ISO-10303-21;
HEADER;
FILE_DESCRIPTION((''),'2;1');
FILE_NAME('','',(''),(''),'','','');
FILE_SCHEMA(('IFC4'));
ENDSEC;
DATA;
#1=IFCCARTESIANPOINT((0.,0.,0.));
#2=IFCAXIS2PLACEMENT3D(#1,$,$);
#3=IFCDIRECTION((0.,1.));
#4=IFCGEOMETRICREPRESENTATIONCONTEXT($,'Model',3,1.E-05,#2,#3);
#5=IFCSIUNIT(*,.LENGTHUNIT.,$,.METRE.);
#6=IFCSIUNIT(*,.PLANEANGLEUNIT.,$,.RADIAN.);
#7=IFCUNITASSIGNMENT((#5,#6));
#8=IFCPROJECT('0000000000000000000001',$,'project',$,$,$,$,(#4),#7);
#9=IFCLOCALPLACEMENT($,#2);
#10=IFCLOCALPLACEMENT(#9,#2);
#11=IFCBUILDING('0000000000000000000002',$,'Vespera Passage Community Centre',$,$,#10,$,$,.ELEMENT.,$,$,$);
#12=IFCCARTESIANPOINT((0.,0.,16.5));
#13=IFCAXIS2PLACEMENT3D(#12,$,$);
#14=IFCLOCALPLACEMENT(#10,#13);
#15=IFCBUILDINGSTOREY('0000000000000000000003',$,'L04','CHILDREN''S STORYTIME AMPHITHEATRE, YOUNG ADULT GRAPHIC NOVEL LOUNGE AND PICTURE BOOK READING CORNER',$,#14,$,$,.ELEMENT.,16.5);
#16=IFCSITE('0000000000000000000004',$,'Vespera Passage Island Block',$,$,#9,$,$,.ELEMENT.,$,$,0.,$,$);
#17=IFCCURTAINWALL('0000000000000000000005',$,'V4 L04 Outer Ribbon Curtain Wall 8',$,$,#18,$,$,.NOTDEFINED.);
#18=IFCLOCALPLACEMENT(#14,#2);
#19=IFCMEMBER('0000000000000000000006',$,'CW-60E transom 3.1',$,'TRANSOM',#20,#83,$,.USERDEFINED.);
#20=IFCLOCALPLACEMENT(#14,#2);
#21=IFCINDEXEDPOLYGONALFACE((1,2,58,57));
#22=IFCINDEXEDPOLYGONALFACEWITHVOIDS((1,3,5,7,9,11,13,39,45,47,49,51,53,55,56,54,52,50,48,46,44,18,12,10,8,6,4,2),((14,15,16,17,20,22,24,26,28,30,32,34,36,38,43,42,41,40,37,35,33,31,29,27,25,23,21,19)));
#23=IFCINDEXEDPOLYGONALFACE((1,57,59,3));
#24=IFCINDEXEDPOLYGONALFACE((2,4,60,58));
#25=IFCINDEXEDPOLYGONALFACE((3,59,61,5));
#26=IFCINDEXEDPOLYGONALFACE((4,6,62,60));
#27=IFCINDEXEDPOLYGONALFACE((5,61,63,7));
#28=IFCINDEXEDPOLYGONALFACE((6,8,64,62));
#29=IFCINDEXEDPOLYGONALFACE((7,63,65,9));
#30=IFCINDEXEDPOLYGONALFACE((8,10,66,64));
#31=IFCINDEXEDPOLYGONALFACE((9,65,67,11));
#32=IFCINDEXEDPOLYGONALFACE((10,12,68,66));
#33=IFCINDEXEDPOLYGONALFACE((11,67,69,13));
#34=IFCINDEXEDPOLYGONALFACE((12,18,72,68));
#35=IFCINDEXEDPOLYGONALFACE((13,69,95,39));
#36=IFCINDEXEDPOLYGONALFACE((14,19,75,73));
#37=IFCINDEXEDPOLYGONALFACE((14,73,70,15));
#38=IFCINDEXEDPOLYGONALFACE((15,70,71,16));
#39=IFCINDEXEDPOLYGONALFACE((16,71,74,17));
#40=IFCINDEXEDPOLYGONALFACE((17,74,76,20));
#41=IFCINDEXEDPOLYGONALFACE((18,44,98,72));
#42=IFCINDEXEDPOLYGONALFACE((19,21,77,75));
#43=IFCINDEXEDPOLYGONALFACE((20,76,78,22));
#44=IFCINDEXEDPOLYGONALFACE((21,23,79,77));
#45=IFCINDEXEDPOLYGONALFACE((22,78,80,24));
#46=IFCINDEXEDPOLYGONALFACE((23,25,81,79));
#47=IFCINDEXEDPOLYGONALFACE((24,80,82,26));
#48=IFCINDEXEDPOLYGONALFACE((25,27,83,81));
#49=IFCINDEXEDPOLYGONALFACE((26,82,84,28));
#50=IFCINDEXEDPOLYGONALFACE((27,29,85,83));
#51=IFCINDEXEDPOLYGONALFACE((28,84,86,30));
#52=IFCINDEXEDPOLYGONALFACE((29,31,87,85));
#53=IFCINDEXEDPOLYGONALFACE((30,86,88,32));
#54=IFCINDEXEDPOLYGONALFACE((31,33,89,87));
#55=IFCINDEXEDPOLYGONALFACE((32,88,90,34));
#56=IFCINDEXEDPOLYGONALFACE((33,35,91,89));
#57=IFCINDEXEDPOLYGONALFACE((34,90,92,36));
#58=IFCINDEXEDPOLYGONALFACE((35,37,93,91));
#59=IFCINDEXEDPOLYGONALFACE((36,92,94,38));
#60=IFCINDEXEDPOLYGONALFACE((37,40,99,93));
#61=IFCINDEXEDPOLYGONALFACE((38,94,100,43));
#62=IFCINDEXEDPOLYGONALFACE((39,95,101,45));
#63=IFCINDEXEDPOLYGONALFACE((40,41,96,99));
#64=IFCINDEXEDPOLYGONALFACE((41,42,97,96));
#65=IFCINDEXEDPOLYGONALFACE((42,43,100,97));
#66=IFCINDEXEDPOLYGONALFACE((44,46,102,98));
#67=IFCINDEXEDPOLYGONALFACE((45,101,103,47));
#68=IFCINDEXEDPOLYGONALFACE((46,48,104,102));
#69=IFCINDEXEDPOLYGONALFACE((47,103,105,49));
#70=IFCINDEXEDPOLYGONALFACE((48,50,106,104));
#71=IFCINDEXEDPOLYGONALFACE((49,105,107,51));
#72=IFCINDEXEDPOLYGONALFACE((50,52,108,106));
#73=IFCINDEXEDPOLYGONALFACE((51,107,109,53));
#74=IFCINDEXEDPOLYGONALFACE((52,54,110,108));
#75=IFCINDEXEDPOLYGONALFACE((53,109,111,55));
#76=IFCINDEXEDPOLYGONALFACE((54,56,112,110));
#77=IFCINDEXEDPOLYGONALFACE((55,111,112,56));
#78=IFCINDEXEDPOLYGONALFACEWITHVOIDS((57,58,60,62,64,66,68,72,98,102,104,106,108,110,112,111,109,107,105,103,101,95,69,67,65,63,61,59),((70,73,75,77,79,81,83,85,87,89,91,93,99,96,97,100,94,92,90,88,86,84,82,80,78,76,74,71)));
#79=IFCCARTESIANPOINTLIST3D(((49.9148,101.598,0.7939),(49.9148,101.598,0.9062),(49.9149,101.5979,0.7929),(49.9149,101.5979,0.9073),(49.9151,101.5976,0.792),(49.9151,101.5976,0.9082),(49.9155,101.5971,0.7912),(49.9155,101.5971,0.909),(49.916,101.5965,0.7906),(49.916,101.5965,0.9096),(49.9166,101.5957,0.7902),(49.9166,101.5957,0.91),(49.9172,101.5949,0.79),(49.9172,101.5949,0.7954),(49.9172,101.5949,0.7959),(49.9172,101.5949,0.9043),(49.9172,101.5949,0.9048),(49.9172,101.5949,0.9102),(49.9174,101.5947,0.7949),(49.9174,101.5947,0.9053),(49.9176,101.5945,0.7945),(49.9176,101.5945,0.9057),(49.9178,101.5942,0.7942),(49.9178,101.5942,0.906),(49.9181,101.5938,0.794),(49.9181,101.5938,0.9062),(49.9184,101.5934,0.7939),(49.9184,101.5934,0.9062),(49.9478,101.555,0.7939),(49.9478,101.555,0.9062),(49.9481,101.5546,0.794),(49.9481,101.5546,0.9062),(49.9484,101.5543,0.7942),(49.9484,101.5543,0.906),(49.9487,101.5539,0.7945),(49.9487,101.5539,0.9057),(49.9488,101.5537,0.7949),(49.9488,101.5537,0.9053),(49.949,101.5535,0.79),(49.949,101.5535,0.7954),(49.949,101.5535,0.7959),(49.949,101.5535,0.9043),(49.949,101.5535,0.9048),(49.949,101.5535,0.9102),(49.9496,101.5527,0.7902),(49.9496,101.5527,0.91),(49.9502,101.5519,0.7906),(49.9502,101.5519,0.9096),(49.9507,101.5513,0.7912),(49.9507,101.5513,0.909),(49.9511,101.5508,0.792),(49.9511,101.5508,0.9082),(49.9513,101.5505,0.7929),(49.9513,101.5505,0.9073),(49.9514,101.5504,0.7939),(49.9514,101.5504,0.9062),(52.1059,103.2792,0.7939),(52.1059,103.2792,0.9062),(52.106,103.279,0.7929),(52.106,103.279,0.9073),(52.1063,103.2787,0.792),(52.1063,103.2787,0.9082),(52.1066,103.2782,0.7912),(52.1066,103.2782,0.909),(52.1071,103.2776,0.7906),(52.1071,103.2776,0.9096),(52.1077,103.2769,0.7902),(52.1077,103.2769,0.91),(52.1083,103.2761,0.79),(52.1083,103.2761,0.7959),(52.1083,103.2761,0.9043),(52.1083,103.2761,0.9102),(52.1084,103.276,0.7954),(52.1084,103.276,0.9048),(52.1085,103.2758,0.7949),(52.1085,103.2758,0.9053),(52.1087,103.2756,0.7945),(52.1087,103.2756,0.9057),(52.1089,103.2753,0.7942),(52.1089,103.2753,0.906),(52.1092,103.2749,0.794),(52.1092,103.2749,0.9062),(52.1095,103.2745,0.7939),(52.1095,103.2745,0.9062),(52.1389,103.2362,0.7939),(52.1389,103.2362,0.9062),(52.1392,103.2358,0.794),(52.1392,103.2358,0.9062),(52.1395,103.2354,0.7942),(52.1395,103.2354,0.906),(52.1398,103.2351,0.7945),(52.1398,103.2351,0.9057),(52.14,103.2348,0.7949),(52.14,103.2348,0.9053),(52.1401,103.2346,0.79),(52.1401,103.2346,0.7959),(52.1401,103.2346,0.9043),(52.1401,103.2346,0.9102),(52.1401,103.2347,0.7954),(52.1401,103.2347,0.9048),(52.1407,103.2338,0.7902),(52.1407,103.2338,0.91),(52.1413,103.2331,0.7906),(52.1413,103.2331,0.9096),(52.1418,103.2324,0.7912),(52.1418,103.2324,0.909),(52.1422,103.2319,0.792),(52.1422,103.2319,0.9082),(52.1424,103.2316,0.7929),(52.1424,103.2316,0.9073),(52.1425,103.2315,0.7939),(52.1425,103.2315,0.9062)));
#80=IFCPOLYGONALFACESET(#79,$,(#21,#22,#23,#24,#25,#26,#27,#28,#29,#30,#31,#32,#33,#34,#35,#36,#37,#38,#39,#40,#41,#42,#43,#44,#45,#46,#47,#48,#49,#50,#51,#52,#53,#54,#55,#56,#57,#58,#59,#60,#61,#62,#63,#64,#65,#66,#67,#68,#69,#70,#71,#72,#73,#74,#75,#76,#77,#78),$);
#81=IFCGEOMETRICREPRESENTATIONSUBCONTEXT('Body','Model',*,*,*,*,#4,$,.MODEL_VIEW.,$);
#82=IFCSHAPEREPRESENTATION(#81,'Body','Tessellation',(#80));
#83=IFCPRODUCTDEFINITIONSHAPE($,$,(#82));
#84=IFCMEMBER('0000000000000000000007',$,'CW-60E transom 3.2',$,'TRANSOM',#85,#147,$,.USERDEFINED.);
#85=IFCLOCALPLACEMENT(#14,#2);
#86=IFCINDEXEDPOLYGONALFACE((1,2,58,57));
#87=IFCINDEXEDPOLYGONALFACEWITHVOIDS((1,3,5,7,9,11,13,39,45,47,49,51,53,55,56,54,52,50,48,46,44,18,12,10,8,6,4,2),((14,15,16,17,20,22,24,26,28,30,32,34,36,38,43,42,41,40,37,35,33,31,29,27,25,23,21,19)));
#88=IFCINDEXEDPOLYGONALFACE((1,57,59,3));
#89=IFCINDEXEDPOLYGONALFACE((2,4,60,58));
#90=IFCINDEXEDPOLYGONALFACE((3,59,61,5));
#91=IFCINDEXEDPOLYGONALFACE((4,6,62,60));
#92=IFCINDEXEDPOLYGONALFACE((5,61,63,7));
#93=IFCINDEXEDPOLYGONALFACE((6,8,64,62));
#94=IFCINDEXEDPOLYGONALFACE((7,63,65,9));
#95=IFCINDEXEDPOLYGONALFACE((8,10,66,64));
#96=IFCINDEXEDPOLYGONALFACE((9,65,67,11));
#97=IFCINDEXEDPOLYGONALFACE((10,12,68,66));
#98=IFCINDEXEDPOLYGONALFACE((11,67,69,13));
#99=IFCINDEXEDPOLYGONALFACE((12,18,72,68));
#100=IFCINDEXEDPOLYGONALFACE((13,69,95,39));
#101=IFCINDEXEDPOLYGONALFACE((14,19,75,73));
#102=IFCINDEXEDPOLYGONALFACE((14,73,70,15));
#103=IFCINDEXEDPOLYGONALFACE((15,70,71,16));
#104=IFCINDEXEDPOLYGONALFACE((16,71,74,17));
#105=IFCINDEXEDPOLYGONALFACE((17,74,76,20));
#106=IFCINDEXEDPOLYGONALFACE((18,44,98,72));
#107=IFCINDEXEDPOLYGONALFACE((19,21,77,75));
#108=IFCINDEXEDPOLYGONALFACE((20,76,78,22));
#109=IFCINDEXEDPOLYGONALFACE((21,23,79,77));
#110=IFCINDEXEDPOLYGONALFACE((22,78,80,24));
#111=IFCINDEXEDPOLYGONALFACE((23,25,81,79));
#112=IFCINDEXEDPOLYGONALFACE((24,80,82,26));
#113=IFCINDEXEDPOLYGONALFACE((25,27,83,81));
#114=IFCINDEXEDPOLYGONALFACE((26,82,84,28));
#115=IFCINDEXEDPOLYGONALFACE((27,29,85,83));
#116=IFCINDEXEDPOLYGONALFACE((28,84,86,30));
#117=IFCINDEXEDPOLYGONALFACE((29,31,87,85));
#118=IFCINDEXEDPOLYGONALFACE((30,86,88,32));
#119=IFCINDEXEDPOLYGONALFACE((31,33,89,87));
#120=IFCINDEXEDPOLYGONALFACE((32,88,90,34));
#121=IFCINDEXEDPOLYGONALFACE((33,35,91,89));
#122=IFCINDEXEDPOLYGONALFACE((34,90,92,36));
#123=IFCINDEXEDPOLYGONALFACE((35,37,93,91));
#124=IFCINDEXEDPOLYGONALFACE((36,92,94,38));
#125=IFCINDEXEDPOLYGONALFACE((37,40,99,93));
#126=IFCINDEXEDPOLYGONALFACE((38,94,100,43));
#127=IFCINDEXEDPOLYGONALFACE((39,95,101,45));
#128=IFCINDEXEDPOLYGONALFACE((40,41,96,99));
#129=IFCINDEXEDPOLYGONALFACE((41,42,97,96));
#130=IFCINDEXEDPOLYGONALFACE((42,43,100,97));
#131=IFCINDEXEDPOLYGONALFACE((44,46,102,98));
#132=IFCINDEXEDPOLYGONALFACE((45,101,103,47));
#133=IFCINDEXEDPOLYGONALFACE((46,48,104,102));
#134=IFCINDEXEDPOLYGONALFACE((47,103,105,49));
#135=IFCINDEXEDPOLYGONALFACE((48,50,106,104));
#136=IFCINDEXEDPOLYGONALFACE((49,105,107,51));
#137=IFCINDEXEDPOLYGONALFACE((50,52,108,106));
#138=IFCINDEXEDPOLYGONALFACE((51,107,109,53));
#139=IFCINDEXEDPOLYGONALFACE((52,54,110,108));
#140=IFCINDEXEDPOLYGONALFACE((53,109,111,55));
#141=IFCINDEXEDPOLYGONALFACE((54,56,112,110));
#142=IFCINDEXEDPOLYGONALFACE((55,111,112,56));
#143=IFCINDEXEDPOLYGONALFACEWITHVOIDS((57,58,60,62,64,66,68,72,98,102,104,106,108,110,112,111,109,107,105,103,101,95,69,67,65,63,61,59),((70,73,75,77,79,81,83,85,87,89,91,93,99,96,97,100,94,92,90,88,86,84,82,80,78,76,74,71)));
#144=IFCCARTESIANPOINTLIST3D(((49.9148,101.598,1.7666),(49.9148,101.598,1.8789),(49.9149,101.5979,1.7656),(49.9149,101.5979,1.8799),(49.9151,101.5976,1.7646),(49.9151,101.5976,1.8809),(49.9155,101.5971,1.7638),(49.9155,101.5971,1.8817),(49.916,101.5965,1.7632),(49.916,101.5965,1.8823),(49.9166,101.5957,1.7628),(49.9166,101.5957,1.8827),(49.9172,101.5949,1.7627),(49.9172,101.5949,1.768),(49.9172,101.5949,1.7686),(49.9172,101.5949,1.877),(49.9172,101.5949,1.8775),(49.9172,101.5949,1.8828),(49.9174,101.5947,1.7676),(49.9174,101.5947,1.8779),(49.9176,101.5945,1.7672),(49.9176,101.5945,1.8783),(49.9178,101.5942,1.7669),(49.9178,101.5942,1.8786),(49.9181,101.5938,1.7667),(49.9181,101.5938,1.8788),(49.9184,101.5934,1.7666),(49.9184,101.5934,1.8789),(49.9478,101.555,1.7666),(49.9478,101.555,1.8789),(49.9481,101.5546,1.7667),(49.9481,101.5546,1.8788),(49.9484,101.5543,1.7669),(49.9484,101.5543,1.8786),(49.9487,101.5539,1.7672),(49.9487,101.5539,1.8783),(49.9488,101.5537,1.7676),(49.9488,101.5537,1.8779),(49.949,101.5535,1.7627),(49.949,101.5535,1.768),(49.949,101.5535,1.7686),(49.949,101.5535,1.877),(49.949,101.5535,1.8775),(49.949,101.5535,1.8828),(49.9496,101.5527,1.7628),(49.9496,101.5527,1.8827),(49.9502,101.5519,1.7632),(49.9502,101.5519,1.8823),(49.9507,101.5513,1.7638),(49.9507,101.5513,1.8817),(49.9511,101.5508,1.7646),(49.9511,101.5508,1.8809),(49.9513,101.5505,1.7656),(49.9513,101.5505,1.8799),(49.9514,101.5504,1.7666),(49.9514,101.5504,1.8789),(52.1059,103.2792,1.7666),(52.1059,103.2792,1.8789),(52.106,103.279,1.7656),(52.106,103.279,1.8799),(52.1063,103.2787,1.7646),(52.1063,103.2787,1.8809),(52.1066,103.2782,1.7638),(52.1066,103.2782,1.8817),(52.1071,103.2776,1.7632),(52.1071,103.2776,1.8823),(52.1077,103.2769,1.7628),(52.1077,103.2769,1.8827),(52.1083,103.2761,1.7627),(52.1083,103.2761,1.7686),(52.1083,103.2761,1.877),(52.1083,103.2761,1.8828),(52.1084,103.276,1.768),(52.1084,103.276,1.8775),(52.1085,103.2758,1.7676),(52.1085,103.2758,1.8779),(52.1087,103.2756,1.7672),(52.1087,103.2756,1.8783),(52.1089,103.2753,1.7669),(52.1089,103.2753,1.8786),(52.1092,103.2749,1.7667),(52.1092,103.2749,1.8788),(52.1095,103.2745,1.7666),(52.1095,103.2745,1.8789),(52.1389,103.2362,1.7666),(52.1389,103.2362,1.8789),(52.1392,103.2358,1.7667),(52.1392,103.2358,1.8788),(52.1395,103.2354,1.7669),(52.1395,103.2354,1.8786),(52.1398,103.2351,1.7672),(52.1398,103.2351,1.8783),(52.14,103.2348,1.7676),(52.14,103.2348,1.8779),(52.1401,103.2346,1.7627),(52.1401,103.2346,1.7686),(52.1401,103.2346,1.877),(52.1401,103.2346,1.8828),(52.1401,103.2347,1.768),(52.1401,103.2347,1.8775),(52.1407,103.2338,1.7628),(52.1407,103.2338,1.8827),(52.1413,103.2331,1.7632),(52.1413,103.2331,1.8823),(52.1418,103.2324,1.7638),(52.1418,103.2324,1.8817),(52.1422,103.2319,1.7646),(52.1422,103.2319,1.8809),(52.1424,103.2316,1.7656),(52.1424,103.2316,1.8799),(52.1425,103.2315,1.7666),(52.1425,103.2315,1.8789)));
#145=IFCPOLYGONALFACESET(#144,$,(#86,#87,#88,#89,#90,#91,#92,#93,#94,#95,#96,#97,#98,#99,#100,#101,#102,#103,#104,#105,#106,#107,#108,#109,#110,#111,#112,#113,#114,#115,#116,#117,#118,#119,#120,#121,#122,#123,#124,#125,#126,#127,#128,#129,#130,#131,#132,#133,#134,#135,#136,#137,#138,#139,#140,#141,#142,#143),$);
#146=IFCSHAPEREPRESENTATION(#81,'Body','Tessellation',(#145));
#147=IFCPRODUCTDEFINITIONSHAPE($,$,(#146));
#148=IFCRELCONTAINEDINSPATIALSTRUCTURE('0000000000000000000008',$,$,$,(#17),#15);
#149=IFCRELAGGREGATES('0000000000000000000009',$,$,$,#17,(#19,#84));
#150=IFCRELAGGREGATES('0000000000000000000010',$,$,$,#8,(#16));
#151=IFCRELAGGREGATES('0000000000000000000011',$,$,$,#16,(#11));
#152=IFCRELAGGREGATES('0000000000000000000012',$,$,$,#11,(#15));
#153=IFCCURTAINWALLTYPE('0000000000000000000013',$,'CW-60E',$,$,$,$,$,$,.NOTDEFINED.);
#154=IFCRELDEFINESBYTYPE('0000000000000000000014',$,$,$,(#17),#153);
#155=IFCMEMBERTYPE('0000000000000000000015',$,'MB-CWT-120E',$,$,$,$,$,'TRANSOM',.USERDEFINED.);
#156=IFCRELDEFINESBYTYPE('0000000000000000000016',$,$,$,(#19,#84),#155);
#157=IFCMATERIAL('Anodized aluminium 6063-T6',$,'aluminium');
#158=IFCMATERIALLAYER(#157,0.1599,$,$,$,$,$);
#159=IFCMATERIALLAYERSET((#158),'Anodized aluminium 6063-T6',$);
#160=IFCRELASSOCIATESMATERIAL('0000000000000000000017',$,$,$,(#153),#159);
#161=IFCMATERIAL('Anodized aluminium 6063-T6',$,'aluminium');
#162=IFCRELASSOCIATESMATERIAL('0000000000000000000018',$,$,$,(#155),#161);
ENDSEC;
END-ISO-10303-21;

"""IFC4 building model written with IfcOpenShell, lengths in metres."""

from ifc_helpers import new_model, si_unit, direction, frame, origin, origin_2d, place, context, subcontext, project, spatial, hollow_rectangle, extrude, material, layer, layer_set, material_profile, profile_set, type_object, element, aggregate, save


model = new_model("IFC4")

# Units and contexts
model_context = context("Model", 3, precision=1e-05, world=origin(), true_north=direction((0.0, 1.0)))
body_context = subcontext(model_context, "Body", "Model", "MODEL_VIEW")
ifc_project = project(units=[si_unit("LENGTHUNIT", "METRE"), si_unit("PLANEANGLEUNIT", "RADIAN")], contexts=[model_context])

# Site, building, storey
site_placement = place(None, origin())
site = spatial("IfcSite", under=ifc_project, at=site_placement, Name="Vespera Passage Island Block", CompositionType="ELEMENT", RefElevation=0.0)
building_placement = place(site_placement, origin())
building = spatial("IfcBuilding", under=site, at=building_placement, Name="Vespera Passage Community Centre", CompositionType="ELEMENT")
storey_placement = place(building_placement, frame((0.0, 0.0, 16.5)))
storey = spatial("IfcBuildingStorey", under=building, at=storey_placement, Name="L04", Description="CHILDREN'S STORYTIME AMPHITHEATRE, YOUNG ADULT GRAPHIC NOVEL LOUNGE AND PICTURE BOOK READING CORNER", CompositionType="ELEMENT", Elevation=16.5)

# Curtain wall, members
ifc_material_1 = material(Name="Anodized aluminium 6063-T6", Category="aluminium")
ifc_layer_1 = layer(ifc_material_1, 0.1599)
ifc_layer_set_1 = layer_set([ifc_layer_1], Name="Anodized aluminium 6063-T6")
curtain_wall_type = type_object("IfcCurtainWallType", Name="CW-60E", PredefinedType="NOTDEFINED", material=ifc_layer_set_1)
curtain_wall_placement = place(storey_placement, origin())
curtain_wall = element("IfcCurtainWall", 1, at=curtain_wall_placement, inside=storey, type_object=curtain_wall_type, Name="V4 L04 Outer Ribbon Curtain Wall 8", PredefinedType="NOTDEFINED")
ifc_material_2 = material(Name="Anodized aluminium 6063-T6", Category="aluminium")
ifc_material_profile_1 = material_profile(ifc_material_2, hollow_rectangle(XDim=0.0601, YDim=0.1201, WallThickness=0.0039, InnerFilletRadius=0.002, OuterFilletRadius=0.0039, at=origin_2d()), Name="ALU120X60X4")
ifc_profile_set_1 = profile_set([ifc_material_profile_1], Name="Anodized aluminium 6063-T6")
member_type_1 = type_object("IfcMemberType", Name="MB-CWT-120E", ElementType="TRANSOM", PredefinedType="USERDEFINED", material=ifc_profile_set_1)
member_1_placement = place(storey_placement, frame((49.9331, 101.5742, 0.8501), z_axis=(0.793386, 0.608719, 0.0), x_axis=(-0.608719, 0.793386, 0.0)))
member_1 = element("IfcMember", 2, at=member_1_placement, type_object=member_type_1, Name="CW-60E transom 3.1", ObjectType="TRANSOM", PredefinedType="USERDEFINED", context=body_context, shape_type="SweptSolid", body=[
    extrude(hollow_rectangle(XDim=0.0601, YDim=0.1201, WallThickness=0.0039, InnerFilletRadius=0.002, OuterFilletRadius=0.0039, at=origin_2d()), origin(), (0.0, 0.0, 1.0), 2.7617),
])
member_2_placement = place(storey_placement, frame((49.9331, 101.5742, 1.8228), z_axis=(0.793386, 0.608719, 0.0), x_axis=(-0.608719, 0.793386, 0.0)))
member_2 = element("IfcMember", 3, at=member_2_placement, type_object=member_type_1, Name="CW-60E transom 3.2", ObjectType="TRANSOM", PredefinedType="USERDEFINED", context=body_context, shape_type="SweptSolid", body=[
    extrude(hollow_rectangle(XDim=0.0601, YDim=0.1201, WallThickness=0.0039, InnerFilletRadius=0.002, OuterFilletRadius=0.0039, at=origin_2d()), origin(), (0.0, 0.0, 1.0), 2.7617),
])
aggregate(curtain_wall, [member_1, member_2])

save(model, "model.ifc")
